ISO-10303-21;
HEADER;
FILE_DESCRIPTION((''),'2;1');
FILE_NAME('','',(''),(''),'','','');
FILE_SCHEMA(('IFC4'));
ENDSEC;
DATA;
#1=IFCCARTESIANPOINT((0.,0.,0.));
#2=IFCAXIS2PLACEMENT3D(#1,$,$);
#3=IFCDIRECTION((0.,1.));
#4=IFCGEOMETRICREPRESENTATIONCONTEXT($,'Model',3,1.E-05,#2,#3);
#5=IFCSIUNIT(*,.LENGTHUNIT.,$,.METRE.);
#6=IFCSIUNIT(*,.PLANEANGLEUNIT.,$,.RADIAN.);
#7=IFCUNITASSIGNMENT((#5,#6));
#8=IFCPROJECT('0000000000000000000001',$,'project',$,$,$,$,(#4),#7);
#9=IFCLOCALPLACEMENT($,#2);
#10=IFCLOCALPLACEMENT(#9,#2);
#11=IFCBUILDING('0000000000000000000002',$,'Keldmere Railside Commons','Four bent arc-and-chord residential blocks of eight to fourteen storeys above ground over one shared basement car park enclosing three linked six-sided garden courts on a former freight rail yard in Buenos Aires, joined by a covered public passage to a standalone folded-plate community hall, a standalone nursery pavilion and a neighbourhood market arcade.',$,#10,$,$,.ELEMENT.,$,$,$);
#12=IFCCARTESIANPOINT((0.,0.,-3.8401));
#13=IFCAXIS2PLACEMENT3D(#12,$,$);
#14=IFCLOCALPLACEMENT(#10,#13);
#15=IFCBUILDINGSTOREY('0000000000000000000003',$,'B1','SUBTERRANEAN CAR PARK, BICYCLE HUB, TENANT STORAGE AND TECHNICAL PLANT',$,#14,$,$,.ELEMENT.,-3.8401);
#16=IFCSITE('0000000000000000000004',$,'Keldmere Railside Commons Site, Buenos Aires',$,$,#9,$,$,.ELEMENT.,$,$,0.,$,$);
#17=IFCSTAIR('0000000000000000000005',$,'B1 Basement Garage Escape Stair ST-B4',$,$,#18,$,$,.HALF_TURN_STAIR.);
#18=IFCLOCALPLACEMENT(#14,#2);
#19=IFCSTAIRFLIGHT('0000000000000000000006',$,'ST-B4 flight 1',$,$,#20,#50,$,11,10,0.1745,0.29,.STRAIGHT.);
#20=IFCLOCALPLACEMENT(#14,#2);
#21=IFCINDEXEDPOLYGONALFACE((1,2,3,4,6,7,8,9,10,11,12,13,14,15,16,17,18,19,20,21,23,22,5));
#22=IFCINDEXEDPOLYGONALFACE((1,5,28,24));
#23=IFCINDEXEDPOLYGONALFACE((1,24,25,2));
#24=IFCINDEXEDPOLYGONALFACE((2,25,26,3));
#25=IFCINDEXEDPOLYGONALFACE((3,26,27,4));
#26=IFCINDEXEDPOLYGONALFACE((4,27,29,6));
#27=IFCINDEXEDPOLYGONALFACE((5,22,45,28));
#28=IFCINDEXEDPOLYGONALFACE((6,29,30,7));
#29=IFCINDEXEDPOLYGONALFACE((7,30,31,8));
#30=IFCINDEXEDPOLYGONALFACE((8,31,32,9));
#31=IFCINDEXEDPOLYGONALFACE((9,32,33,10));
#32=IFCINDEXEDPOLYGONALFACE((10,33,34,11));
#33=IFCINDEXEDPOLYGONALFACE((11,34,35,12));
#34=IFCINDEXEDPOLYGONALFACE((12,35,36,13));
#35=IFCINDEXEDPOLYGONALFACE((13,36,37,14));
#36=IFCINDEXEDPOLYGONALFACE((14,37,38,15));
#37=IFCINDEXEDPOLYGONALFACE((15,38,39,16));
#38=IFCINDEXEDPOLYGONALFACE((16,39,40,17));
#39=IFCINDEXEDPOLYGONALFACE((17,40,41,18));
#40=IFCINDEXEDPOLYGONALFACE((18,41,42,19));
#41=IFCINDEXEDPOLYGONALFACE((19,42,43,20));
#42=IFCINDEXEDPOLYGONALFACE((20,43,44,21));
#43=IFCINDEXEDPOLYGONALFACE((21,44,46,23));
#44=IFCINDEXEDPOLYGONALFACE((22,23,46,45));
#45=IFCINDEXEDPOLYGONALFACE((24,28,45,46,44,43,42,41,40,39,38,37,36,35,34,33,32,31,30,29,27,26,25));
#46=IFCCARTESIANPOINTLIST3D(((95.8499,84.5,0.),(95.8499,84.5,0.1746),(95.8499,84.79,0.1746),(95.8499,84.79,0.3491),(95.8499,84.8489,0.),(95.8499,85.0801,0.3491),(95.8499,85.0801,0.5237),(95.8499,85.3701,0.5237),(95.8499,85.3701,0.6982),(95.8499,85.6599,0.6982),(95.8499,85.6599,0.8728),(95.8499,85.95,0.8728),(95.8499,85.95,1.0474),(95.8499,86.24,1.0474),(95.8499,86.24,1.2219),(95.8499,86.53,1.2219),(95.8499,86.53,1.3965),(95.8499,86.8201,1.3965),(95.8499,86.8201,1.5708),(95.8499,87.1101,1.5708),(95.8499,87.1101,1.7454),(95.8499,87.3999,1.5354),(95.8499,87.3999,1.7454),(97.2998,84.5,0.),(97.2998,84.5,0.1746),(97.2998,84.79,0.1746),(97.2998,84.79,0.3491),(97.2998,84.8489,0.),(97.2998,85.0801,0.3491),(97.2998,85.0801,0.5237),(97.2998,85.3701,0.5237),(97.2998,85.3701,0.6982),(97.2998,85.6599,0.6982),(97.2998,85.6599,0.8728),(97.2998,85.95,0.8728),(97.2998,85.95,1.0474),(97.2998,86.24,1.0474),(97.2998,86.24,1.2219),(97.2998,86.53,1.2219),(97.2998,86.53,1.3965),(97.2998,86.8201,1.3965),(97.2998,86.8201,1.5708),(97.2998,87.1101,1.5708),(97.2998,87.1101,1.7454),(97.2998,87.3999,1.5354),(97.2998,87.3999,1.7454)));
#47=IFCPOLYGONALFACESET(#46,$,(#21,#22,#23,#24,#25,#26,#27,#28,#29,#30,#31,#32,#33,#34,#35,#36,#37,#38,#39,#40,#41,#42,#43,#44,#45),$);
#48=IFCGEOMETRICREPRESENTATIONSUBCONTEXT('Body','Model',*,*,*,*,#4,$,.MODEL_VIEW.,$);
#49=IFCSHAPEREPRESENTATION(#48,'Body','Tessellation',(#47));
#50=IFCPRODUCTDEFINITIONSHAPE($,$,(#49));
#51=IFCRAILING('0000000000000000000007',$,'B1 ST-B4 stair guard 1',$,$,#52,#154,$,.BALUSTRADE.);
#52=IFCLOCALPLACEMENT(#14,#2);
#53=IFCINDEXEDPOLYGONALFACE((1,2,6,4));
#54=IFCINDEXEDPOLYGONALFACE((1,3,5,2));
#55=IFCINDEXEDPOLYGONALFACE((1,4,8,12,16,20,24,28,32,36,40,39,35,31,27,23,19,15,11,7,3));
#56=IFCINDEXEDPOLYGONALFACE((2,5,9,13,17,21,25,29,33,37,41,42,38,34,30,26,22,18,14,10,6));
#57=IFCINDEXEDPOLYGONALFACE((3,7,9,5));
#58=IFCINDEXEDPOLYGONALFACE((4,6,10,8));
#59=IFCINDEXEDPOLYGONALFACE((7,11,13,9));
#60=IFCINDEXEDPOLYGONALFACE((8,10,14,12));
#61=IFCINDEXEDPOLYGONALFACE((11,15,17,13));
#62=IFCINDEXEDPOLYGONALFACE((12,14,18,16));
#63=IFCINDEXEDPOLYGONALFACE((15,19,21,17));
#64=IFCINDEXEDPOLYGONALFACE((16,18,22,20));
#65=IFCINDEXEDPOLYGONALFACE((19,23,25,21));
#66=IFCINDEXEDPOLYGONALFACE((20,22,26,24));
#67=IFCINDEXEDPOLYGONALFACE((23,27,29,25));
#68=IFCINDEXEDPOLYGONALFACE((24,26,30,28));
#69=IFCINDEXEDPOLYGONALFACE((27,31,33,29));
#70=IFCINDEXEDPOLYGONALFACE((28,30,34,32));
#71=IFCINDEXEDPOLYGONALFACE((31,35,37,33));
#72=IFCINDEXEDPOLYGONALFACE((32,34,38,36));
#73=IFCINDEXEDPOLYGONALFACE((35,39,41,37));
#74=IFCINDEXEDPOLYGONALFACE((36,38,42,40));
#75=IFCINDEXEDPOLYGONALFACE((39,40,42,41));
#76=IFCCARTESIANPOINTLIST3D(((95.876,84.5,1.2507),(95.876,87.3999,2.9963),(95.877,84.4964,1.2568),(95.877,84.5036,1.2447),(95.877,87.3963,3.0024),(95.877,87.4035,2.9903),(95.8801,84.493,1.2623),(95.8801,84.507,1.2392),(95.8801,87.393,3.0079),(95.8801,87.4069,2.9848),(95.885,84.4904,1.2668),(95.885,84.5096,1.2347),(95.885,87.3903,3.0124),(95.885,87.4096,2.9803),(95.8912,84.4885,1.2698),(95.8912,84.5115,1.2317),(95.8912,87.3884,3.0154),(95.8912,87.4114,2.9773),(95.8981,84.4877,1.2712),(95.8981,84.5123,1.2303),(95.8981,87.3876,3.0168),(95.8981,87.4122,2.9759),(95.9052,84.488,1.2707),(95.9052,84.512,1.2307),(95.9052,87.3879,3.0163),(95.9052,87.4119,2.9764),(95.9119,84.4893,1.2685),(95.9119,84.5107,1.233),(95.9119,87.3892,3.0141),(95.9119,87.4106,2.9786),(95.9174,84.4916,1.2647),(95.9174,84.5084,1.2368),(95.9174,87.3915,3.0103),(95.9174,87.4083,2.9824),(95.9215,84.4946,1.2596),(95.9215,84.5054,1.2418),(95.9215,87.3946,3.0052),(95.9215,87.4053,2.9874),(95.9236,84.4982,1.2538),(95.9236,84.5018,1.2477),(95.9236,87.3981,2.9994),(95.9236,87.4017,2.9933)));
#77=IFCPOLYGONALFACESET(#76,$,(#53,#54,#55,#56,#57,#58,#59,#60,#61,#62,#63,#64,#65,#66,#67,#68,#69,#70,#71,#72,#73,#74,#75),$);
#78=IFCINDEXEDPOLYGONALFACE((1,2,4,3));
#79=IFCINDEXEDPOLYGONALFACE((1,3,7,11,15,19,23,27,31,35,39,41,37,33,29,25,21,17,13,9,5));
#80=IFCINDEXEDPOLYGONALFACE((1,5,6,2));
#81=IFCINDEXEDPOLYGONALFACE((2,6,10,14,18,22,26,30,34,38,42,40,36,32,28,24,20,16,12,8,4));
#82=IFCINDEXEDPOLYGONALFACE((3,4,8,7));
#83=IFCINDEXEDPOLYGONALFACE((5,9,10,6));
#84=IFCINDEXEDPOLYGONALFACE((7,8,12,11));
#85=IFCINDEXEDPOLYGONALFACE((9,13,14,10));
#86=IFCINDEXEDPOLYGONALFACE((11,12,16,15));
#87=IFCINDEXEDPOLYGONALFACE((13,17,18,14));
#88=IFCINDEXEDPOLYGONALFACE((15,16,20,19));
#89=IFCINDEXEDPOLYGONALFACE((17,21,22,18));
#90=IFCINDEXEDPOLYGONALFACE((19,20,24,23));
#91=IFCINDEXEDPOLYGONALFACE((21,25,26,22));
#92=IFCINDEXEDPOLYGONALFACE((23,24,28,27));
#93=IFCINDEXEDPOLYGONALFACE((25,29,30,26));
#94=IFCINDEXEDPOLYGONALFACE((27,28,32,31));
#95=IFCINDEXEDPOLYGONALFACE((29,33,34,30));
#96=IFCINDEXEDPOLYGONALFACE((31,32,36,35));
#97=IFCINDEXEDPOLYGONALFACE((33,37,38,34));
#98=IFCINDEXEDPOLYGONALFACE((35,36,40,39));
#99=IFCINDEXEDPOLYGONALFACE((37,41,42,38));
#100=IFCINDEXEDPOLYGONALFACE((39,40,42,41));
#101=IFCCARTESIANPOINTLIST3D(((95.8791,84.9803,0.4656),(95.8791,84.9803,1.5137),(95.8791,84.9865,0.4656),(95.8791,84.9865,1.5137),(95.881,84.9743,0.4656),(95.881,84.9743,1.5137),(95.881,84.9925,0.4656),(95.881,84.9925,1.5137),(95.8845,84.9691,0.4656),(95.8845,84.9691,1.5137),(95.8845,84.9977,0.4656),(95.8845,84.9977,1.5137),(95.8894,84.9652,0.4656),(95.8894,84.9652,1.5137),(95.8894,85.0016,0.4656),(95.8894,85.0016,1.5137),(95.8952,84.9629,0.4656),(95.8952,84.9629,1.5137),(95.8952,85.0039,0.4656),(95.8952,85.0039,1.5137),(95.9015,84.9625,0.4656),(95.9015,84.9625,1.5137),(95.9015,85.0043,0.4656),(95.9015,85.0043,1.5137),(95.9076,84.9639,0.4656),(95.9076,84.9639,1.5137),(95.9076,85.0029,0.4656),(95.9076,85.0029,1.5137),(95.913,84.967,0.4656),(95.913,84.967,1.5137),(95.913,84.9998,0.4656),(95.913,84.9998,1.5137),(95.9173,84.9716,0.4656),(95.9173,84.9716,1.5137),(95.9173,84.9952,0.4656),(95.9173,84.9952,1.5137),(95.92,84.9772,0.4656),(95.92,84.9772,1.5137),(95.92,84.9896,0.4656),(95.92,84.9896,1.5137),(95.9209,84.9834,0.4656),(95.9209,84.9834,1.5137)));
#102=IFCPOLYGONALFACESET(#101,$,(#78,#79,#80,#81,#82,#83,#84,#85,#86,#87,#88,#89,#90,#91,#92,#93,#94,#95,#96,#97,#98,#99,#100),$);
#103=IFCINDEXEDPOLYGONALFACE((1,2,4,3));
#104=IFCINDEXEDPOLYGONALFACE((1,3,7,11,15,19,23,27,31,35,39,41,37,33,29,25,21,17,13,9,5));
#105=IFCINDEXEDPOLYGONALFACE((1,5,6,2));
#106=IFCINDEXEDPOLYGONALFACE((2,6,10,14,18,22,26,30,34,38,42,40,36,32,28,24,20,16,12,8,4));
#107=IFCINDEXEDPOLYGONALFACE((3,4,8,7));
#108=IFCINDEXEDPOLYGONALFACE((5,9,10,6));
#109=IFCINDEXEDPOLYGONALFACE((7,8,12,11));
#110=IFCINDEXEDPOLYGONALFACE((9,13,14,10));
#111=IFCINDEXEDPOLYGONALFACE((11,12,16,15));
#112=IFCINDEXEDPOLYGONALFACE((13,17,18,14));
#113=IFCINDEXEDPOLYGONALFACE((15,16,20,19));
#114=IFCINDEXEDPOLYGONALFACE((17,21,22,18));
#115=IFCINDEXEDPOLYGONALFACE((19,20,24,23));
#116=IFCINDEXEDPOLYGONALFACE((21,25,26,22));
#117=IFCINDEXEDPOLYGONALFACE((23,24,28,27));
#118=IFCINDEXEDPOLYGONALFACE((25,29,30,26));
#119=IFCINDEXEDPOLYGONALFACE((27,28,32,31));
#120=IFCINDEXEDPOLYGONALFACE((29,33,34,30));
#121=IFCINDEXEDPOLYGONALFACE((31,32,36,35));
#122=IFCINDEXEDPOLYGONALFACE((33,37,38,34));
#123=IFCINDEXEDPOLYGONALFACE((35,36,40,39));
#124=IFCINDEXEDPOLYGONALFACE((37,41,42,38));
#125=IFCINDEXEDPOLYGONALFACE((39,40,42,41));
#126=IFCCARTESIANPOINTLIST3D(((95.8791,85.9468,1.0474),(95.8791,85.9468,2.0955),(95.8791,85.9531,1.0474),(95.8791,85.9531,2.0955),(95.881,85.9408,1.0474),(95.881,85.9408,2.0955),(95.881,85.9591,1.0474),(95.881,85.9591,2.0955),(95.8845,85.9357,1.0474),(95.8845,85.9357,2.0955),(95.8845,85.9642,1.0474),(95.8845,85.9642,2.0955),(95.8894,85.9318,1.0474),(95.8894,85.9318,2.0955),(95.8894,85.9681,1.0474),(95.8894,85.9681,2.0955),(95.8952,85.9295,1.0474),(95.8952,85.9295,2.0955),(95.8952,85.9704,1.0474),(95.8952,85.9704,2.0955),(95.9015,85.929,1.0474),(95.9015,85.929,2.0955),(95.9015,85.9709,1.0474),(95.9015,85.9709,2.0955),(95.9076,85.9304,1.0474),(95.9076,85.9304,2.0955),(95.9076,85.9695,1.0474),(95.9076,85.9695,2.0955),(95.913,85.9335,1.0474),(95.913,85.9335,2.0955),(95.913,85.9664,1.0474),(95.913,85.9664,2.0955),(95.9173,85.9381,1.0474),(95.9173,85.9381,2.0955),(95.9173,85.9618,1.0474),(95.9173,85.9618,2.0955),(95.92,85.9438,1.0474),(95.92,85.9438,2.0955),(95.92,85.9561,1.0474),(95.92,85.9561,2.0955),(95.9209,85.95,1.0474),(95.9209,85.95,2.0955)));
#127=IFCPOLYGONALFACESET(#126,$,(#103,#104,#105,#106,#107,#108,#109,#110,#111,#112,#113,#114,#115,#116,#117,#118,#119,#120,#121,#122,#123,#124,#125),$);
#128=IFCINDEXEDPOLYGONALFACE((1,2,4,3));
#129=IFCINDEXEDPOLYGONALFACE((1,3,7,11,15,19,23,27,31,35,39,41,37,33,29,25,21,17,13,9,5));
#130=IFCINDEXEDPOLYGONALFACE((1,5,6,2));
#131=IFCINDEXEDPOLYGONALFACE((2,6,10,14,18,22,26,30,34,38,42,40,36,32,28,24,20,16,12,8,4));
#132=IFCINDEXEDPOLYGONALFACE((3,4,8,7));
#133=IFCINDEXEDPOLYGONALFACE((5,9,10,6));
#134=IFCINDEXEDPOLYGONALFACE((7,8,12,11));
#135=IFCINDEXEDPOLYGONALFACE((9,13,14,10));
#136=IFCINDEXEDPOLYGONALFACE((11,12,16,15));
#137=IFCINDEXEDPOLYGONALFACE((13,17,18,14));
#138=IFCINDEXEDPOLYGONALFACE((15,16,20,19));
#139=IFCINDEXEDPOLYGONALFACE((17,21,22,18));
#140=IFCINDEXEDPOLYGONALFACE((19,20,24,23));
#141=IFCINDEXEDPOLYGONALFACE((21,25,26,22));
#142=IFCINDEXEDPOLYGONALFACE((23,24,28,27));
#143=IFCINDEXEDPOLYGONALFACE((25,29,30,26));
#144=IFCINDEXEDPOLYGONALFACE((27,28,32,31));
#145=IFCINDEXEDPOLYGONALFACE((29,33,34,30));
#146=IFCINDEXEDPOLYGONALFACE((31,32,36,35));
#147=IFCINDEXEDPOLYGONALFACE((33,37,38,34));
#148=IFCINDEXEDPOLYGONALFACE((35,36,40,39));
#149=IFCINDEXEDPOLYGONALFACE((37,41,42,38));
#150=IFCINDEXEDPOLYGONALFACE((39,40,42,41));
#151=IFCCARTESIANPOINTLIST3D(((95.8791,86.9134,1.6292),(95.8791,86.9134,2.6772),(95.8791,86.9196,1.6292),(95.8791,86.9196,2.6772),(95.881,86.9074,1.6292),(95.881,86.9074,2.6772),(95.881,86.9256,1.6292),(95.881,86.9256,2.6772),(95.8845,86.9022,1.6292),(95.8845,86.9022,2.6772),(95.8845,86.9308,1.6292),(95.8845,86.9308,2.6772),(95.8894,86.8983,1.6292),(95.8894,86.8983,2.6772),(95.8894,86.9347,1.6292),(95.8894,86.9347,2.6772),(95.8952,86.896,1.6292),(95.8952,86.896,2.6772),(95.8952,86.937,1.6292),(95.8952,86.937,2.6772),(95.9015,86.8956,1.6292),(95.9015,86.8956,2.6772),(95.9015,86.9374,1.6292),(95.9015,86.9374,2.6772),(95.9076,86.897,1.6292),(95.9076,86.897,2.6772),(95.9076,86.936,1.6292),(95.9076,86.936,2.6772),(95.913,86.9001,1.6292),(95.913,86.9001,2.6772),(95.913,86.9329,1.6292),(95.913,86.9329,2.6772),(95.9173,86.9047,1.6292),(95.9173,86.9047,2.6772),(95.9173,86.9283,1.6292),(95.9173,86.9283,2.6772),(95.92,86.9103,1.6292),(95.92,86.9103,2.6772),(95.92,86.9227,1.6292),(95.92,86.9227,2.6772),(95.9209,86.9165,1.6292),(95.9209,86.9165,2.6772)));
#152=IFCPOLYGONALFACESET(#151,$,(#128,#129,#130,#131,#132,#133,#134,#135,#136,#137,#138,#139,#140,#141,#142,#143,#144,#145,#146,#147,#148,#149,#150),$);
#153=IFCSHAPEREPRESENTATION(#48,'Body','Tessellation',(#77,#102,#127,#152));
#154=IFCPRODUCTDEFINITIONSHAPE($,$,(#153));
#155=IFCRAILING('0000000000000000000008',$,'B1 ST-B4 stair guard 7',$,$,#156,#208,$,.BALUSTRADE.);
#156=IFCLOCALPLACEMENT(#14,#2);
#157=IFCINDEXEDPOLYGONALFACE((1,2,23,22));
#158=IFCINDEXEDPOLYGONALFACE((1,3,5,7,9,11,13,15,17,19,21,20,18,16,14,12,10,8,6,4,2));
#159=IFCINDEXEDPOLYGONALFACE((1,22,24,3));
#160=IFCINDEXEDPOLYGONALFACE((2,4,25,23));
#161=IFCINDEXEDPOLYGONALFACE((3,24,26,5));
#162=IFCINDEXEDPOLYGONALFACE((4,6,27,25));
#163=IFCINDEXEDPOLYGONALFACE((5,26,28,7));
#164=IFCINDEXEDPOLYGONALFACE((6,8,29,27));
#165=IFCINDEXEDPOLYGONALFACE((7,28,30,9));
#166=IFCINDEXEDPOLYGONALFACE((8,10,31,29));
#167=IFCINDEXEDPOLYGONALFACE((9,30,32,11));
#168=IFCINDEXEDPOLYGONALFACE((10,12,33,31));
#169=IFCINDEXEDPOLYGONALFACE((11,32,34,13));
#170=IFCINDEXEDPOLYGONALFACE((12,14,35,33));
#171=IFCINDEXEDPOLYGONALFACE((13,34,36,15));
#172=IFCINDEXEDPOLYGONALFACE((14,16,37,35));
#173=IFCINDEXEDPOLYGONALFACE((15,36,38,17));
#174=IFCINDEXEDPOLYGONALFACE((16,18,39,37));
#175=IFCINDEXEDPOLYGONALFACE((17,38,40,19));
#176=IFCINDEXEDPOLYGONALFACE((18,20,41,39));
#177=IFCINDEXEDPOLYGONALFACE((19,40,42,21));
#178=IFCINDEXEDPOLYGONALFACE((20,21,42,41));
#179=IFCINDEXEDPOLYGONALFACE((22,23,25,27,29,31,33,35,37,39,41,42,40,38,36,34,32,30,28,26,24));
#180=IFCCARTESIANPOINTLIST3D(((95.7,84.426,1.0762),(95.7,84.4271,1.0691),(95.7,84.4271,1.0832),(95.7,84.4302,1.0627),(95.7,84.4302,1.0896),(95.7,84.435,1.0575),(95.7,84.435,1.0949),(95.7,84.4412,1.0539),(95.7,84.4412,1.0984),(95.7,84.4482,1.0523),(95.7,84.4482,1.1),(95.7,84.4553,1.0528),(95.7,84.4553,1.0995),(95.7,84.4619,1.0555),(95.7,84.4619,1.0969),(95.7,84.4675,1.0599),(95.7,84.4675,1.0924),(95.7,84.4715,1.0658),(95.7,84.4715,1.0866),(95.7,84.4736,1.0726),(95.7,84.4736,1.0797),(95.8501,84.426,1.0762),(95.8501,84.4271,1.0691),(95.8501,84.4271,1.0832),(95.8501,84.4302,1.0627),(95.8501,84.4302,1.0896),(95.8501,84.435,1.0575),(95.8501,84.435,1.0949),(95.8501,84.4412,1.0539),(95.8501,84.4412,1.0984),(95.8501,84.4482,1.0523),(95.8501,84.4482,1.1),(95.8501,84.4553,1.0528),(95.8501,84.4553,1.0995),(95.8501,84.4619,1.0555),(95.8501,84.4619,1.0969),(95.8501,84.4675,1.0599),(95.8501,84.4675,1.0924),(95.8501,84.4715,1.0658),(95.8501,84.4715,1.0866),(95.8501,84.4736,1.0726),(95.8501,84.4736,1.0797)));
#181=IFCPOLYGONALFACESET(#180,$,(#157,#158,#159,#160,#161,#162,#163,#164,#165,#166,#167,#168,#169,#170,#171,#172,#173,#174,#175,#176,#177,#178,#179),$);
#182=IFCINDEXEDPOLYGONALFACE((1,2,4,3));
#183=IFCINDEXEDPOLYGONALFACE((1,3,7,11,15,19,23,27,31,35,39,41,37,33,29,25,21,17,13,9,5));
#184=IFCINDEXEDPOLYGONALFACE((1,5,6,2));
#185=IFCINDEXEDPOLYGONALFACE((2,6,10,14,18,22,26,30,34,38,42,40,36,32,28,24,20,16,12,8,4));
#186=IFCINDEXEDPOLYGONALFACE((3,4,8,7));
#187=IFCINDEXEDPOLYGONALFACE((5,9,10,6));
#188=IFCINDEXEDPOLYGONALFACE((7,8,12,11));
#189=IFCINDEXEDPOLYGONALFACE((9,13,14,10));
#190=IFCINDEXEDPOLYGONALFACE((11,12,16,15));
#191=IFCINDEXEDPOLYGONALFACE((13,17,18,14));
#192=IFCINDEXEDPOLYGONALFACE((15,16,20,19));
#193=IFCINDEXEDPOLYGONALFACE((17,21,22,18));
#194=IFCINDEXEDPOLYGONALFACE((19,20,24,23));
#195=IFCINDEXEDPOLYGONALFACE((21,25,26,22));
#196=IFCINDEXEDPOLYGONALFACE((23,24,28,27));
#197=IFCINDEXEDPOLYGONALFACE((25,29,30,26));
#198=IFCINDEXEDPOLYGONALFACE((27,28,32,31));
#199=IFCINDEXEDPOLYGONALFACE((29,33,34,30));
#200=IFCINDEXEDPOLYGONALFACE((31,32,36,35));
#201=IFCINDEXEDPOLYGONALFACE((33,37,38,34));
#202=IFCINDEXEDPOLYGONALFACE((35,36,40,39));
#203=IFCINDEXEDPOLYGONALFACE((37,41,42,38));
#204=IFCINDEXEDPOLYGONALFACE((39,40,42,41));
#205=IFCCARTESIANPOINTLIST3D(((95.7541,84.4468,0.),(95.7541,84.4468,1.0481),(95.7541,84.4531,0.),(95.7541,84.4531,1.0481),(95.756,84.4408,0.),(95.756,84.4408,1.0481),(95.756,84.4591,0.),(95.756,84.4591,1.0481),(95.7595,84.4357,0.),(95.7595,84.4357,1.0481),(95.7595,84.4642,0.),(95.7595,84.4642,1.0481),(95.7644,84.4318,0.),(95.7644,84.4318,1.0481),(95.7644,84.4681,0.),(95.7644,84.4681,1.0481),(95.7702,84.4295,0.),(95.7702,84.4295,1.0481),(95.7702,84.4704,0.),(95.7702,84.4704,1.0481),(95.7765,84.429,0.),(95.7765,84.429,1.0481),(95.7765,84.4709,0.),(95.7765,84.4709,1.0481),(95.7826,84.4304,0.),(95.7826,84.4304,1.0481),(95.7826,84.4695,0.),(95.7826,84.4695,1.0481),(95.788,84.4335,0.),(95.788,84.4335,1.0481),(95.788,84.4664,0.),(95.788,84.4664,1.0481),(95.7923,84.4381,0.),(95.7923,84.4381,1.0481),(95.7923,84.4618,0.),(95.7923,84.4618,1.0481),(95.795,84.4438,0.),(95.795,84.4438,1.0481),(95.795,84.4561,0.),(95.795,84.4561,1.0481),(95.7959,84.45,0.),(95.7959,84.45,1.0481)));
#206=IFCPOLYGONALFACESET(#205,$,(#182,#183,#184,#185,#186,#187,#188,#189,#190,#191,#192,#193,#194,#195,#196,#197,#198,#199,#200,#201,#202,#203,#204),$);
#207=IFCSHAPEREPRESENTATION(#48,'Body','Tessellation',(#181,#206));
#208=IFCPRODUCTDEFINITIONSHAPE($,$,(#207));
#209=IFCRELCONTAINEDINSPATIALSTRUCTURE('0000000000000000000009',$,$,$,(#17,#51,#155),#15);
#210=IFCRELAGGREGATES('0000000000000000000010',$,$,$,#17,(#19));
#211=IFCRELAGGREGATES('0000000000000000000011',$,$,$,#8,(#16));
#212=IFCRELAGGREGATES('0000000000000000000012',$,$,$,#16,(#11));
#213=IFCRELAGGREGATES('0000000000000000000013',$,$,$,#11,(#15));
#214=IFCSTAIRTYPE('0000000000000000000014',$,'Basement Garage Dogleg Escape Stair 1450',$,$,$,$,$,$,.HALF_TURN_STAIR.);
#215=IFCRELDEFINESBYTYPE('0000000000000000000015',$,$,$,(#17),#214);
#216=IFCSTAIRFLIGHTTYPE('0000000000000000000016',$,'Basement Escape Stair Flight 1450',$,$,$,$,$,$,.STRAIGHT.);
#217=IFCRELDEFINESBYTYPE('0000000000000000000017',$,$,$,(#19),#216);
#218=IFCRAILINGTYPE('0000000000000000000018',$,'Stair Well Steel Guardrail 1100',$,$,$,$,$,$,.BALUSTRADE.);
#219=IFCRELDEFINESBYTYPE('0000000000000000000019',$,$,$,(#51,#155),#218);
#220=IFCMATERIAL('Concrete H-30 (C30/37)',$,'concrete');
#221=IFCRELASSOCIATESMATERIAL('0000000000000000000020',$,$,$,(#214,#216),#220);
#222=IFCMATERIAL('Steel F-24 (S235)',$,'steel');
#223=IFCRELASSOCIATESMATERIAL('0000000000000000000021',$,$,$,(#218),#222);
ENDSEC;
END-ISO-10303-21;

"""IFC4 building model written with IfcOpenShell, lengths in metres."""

from ifc_helpers import new_model, si_unit, direction, frame, origin, origin_2d, place, context, subcontext, project, spatial, polyline, circle, outline, extrude, material, type_object, element, aggregate, save


model = new_model("IFC4")

# Units and contexts
model_context = context("Model", 3, precision=1e-05, world=origin(), true_north=direction((0.0, 1.0)))
body_context = subcontext(model_context, "Body", "Model", "MODEL_VIEW")
ifc_project = project(units=[si_unit("LENGTHUNIT", "METRE"), si_unit("PLANEANGLEUNIT", "RADIAN")], contexts=[model_context])

# Site, building, storey
site_placement = place(None, origin())
site = spatial("IfcSite", under=ifc_project, at=site_placement, Name="Keldmere Railside Commons Site, Buenos Aires", CompositionType="ELEMENT", RefElevation=0.0)
building_placement = place(site_placement, origin())
building = spatial("IfcBuilding", under=site, at=building_placement, Name="Keldmere Railside Commons", Description="Four bent arc-and-chord residential blocks of eight to fourteen storeys above ground over one shared basement car park enclosing three linked six-sided garden courts on a former freight rail yard in Buenos Aires, joined by a covered public passage to a standalone folded-plate community hall, a standalone nursery pavilion and a neighbourhood market arcade.", CompositionType="ELEMENT")
storey_placement = place(building_placement, frame((0.0, 0.0, -3.8401)))
storey = spatial("IfcBuildingStorey", under=building, at=storey_placement, Name="B1", Description="SUBTERRANEAN CAR PARK, BICYCLE HUB, TENANT STORAGE AND TECHNICAL PLANT", CompositionType="ELEMENT", Elevation=-3.8401)

# Shared definitions
ifc_material_1 = material(Name="Concrete H-30 (C30/37)", Category="concrete")

# Shared definitions
ifc_material_2 = material(Name="Steel F-24 (S235)", Category="steel")

# Stair, stair flight
stair_type = type_object("IfcStairType", Name="Basement Garage Dogleg Escape Stair 1450", PredefinedType="HALF_TURN_STAIR", material=ifc_material_1)
stair_placement = place(storey_placement, origin())
stair = element("IfcStair", 1, at=stair_placement, inside=storey, type_object=stair_type, Name="B1 Basement Garage Escape Stair ST-B4", PredefinedType="HALF_TURN_STAIR")
stair_flight_type = type_object("IfcStairFlightType", Name="Basement Escape Stair Flight 1450", PredefinedType="STRAIGHT", material=ifc_material_1)
stair_flight_placement = place(storey_placement, frame((96.575, 84.5, 0.0), z_axis=(0.0, 0.0, 1.0), x_axis=(0.0, 1.0, 0.0)))
stair_flight = element("IfcStairFlight", 2, at=stair_flight_placement, type_object=stair_flight_type, Name="ST-B4 flight 1", NumberOfRisers=11, NumberOfTreads=10, PredefinedType="STRAIGHT", RiserHeight=0.1745, TreadLength=0.29, context=body_context, shape_type="SweptSolid", body=[
    extrude(outline(polyline([(0.0, 0.0), (0.0, 0.1746), (0.29, 0.1746), (0.29, 0.3491), (0.5801, 0.3491), (0.5801, 0.5237), (0.8701, 0.5237), (0.8701, 0.6982), (1.1599, 0.6982), (1.1599, 0.8728), (1.45, 0.8728), (1.45, 1.0474), (1.74, 1.0474), (1.74, 1.2219), (2.03, 1.2219), (2.03, 1.3965), (2.3201, 1.3965), (2.3201, 1.5708), (2.6101, 1.5708), (2.6101, 1.7454), (2.8999, 1.7454), (2.8999, 1.9199), (2.8999, 1.5354), (0.3489, 0.0), (0.0, 0.0)])), frame((0.0, 0.7251, 0.0), z_axis=(0.0, -1.0, 0.0), x_axis=(1.0, 0.0, 0.0)), (0.0, 0.0, 1.0), 1.45),
])
aggregate(stair, [stair_flight])

# Railings
railing_type_1 = type_object("IfcRailingType", Name="Stair Well Steel Guardrail 1100", PredefinedType="BALUSTRADE", material=ifc_material_2)
railing_1_placement = place(storey_placement, frame((95.8999, 84.5, 0.1746)))
element("IfcRailing", 3, at=railing_1_placement, inside=storey, type_object=railing_type_1, Name="B1 ST-B4 stair guard 1", PredefinedType="BALUSTRADE", context=body_context, shape_type="SweptSolid", body=[
    extrude(circle(Radius=0.0239, at=origin_2d()), frame((0.0, 0.0, 1.0762), z_axis=(0.0, 0.856754, 0.515726), x_axis=(-1.0, 0.0, 0.0)), (0.0, 0.0, 1.0), 3.3848),
    extrude(circle(Radius=0.021, at=origin_2d()), frame((0.0, 0.4834, 0.291)), (0.0, 0.0, 1.0), 1.0481),
    extrude(circle(Radius=0.021, at=origin_2d()), frame((0.0, 1.45, 0.8728)), (0.0, 0.0, 1.0), 1.0481),
    extrude(circle(Radius=0.021, at=origin_2d()), frame((0.0, 2.4165, 1.4546)), (0.0, 0.0, 1.0), 1.0481),
])
railing_2_placement = place(storey_placement, frame((95.8501, 84.45, 0.0)))
element("IfcRailing", 4, at=railing_2_placement, inside=storey, type_object=railing_type_1, Name="B1 ST-B4 stair guard 7", PredefinedType="BALUSTRADE", context=body_context, shape_type="SweptSolid", body=[
    extrude(circle(Radius=0.0239, at=origin_2d()), frame((0.0, 0.0, 1.0762), z_axis=(-1.0, 0.0, 0.0), x_axis=(0.0, -1.0, 0.0)), (0.0, 0.0, 1.0), 0.1501),
    extrude(circle(Radius=0.021, at=origin_2d()), frame((-0.0752, 0.0, 0.0)), (0.0, 0.0, 1.0), 1.0481),
])

save(model, "model.ifc")
